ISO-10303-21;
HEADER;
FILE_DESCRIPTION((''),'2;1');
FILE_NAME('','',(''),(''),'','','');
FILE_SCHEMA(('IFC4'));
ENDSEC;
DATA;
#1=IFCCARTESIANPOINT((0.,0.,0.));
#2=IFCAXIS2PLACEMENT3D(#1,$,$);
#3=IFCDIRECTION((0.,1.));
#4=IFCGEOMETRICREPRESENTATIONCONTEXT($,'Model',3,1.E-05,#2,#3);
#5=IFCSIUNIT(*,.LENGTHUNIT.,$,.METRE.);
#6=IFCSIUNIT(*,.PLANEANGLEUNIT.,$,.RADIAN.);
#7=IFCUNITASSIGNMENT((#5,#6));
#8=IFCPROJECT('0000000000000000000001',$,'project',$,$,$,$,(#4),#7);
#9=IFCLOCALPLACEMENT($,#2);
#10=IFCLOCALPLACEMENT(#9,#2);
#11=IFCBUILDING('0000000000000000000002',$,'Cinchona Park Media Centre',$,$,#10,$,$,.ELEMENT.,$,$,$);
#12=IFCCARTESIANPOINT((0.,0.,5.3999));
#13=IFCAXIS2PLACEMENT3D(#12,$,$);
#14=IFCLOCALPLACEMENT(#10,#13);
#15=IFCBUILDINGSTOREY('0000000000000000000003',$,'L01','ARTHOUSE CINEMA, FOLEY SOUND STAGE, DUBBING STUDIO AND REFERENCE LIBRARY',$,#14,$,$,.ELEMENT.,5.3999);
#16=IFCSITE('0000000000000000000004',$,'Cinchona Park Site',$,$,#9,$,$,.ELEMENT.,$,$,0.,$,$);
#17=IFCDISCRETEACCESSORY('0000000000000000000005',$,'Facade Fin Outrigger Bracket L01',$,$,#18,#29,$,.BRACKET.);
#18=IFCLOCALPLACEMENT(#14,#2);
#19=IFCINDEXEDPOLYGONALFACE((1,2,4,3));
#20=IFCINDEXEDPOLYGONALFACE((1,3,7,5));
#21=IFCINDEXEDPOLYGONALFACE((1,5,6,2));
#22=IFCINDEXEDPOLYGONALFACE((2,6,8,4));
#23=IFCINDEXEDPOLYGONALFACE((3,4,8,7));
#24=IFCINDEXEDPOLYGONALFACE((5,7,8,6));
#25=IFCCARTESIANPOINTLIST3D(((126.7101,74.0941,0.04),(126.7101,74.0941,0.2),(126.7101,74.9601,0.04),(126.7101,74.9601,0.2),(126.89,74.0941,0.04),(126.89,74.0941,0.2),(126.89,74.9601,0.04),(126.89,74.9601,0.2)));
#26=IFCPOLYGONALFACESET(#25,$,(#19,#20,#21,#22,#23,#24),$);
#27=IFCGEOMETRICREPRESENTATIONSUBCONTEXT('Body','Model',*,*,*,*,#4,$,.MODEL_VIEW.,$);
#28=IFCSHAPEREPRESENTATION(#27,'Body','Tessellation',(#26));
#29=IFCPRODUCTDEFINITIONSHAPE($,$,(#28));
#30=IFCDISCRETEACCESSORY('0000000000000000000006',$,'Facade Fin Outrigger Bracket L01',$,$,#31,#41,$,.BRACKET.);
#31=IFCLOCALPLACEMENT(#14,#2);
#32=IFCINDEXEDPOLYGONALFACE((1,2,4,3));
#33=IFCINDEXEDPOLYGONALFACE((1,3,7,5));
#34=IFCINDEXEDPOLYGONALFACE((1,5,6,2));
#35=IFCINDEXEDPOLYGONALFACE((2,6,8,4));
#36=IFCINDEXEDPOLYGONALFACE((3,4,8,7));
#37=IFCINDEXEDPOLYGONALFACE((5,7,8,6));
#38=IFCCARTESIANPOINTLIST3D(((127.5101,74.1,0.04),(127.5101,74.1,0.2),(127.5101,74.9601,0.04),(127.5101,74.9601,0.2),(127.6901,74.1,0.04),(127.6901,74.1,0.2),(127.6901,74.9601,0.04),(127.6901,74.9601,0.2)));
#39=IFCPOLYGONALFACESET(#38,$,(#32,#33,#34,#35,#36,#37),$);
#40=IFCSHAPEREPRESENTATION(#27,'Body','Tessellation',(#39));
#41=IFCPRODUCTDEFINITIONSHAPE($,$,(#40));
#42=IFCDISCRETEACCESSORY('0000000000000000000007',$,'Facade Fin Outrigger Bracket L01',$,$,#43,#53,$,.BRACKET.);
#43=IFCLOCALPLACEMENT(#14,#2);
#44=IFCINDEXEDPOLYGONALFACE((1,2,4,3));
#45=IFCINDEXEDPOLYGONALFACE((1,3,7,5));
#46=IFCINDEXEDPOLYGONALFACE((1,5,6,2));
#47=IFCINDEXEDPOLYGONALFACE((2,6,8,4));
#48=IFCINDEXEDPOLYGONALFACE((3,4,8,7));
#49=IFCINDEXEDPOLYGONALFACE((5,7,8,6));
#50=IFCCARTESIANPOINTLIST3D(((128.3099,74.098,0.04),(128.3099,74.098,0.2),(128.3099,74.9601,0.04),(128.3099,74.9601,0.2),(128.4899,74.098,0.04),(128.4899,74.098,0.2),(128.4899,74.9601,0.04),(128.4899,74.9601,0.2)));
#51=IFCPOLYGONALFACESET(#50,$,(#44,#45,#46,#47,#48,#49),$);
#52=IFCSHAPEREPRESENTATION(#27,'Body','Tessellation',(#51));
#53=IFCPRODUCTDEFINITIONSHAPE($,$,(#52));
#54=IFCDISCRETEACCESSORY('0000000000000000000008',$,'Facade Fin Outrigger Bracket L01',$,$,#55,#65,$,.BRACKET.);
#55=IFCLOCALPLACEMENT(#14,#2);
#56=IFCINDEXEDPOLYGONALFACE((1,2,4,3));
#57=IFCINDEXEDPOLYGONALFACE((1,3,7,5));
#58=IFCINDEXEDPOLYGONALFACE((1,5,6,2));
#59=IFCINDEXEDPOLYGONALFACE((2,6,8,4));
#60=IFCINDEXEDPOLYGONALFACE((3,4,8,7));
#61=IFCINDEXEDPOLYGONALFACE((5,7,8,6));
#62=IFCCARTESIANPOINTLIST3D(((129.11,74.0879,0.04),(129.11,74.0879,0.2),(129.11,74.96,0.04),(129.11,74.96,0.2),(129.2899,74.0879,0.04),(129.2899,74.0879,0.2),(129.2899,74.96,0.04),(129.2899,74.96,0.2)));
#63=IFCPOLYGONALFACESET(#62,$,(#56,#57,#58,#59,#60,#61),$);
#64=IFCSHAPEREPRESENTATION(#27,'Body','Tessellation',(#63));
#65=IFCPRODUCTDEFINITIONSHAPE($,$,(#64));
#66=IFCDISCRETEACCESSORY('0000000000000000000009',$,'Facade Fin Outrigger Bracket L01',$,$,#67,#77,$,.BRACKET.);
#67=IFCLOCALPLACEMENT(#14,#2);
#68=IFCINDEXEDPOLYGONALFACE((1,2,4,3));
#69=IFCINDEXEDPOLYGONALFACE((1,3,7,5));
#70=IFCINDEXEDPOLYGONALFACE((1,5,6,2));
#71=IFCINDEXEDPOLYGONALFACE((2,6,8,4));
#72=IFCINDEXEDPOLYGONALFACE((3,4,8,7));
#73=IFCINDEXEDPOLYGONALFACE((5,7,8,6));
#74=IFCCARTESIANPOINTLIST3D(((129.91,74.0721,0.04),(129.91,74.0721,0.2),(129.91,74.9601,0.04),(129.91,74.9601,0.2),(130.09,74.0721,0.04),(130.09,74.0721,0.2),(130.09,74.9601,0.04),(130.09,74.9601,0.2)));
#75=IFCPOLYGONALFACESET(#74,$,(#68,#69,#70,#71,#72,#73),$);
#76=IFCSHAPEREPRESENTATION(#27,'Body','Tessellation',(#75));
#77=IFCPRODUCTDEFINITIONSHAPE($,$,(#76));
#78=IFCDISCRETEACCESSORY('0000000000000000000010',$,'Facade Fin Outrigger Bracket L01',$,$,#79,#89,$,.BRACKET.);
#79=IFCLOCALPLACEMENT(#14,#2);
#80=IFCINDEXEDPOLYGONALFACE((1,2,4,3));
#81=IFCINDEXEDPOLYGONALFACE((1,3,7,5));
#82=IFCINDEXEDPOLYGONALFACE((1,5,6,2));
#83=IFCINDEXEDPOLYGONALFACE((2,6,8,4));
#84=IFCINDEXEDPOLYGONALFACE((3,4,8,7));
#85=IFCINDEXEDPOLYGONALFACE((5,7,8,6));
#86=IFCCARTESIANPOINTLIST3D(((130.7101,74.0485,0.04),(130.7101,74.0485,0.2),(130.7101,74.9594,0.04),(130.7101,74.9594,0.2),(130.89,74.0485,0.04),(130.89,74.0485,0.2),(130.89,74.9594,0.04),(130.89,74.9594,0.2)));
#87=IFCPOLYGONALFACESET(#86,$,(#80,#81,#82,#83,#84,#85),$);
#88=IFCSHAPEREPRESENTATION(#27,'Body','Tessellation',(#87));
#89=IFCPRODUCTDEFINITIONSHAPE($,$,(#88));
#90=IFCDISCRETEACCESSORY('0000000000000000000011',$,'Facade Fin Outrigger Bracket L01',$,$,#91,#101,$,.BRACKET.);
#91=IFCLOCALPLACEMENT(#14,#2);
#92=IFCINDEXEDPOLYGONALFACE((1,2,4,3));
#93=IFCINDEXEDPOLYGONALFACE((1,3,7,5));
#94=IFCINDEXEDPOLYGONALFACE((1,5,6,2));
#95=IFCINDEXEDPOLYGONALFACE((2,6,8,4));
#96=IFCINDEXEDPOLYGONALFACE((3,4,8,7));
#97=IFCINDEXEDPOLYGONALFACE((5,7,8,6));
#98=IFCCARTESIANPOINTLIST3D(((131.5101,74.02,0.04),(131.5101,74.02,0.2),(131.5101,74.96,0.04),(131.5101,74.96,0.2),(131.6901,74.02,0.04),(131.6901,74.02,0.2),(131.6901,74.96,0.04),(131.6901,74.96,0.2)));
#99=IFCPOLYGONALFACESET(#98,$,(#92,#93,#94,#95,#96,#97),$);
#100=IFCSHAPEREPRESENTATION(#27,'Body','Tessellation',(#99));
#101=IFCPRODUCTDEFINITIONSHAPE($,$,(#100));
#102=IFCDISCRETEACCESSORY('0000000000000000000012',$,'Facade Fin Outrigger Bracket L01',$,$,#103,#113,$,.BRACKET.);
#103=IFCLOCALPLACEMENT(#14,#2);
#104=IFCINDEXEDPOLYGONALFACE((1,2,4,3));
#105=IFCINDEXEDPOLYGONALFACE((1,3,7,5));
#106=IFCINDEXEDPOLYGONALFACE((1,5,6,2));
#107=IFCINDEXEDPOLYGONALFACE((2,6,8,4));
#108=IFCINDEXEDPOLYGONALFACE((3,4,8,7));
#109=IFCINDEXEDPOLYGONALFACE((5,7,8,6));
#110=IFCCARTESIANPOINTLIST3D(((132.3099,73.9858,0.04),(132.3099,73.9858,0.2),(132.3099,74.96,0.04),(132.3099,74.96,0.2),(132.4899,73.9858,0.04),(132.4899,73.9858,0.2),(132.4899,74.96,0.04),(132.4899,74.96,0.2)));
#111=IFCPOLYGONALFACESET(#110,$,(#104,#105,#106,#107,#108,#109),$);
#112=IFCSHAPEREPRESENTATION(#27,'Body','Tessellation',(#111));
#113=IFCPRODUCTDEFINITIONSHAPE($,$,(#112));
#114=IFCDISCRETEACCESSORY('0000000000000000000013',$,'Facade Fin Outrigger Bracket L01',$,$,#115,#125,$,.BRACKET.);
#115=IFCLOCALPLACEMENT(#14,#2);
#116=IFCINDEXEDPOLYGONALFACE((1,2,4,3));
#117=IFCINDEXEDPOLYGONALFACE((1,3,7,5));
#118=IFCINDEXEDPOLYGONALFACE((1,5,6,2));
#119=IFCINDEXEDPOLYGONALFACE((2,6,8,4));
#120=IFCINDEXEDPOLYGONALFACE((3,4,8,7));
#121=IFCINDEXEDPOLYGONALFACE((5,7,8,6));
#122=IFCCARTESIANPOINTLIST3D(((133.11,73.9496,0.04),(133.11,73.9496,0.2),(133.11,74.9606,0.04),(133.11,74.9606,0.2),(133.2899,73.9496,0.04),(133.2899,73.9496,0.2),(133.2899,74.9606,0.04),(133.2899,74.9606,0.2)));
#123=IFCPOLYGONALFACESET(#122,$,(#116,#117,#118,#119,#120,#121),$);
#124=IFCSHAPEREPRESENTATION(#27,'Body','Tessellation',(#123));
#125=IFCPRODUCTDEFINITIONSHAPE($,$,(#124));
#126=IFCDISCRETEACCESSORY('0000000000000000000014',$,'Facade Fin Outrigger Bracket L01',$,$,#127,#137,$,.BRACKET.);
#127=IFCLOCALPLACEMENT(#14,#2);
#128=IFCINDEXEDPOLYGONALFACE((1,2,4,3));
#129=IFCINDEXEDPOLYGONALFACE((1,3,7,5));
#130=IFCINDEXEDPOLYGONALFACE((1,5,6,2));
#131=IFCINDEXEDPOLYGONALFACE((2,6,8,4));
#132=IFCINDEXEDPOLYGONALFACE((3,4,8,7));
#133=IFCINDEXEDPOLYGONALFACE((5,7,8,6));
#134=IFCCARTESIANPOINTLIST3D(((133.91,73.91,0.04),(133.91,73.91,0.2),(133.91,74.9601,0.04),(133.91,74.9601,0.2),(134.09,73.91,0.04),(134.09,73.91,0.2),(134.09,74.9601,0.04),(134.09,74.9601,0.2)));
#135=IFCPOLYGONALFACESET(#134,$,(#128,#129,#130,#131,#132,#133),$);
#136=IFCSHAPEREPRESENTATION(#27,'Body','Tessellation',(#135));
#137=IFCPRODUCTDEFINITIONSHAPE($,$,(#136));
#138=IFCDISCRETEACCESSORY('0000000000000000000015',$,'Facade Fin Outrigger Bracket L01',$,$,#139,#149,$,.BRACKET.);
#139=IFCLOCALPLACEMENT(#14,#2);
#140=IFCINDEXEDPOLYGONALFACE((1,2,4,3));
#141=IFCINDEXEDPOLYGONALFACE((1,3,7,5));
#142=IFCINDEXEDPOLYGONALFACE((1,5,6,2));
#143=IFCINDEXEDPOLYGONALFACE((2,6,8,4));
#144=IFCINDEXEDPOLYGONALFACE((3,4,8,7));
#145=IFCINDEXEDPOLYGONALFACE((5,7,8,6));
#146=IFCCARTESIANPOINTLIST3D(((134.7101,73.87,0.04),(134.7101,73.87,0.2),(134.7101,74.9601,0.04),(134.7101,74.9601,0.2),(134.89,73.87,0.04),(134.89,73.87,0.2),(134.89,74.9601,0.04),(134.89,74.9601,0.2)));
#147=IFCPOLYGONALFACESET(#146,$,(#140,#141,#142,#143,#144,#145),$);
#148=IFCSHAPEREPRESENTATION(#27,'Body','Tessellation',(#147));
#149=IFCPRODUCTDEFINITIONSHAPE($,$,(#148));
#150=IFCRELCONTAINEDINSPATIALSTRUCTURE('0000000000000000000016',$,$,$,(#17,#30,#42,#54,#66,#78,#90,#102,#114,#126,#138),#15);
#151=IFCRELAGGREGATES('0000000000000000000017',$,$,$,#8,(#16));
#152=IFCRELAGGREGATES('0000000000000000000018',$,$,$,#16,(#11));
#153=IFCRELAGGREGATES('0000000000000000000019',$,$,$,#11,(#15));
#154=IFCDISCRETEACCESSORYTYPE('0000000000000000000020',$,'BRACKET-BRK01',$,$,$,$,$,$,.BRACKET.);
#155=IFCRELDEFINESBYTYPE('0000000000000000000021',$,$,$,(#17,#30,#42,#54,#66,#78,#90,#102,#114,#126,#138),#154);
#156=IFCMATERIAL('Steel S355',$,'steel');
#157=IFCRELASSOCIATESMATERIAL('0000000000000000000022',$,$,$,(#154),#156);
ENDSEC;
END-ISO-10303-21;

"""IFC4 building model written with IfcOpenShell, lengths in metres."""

from ifc_helpers import new_model, si_unit, direction, frame, origin, origin_2d, place, context, subcontext, project, spatial, rectangle, extrude, material, type_object, element, save


model = new_model("IFC4")

# Units and contexts
model_context = context("Model", 3, precision=1e-05, world=origin(), true_north=direction((0.0, 1.0)))
body_context = subcontext(model_context, "Body", "Model", "MODEL_VIEW")
ifc_project = project(units=[si_unit("LENGTHUNIT", "METRE"), si_unit("PLANEANGLEUNIT", "RADIAN")], contexts=[model_context])

# Site, building, storey
site_placement = place(None, origin())
site = spatial("IfcSite", under=ifc_project, at=site_placement, Name="Cinchona Park Site", CompositionType="ELEMENT", RefElevation=0.0)
building_placement = place(site_placement, origin())
building = spatial("IfcBuilding", under=site, at=building_placement, Name="Cinchona Park Media Centre", CompositionType="ELEMENT")
storey_placement = place(building_placement, frame((0.0, 0.0, 5.3999)))
storey = spatial("IfcBuildingStorey", under=building, at=storey_placement, Name="L01", Description="ARTHOUSE CINEMA, FOLEY SOUND STAGE, DUBBING STUDIO AND REFERENCE LIBRARY", CompositionType="ELEMENT", Elevation=5.3999)

# Discrete accessories
ifc_material_1 = material(Name="Steel S355", Category="steel")
discrete_accessory_type = type_object("IfcDiscreteAccessoryType", Name="BRACKET-BRK01", PredefinedType="BRACKET", material=ifc_material_1)
discrete_accessory_1_placement = place(storey_placement, frame((126.8, 74.5271, 0.04), z_axis=(0.0, 0.0, 1.0), x_axis=(1.0, 0.0, 0.0)))
element("IfcDiscreteAccessory", 1, at=discrete_accessory_1_placement, inside=storey, type_object=discrete_accessory_type, Name="Facade Fin Outrigger Bracket L01", PredefinedType="BRACKET", context=body_context, shape_type="SweptSolid", body=[
    extrude(rectangle(XDim=0.1799, YDim=0.866, at=origin_2d()), origin(), (0.0, 0.0, 1.0), 0.1599),
])
discrete_accessory_2_placement = place(storey_placement, frame((127.6001, 74.53, 0.04), z_axis=(0.0, 0.0, 1.0), x_axis=(1.0, 0.0, 0.0)))
element("IfcDiscreteAccessory", 2, at=discrete_accessory_2_placement, inside=storey, type_object=discrete_accessory_type, Name="Facade Fin Outrigger Bracket L01", PredefinedType="BRACKET", context=body_context, shape_type="SweptSolid", body=[
    extrude(rectangle(XDim=0.1799, YDim=0.8601, at=origin_2d()), origin(), (0.0, 0.0, 1.0), 0.1599),
])
discrete_accessory_3_placement = place(storey_placement, frame((128.3999, 74.5291, 0.04), z_axis=(0.0, 0.0, 1.0), x_axis=(1.0, 0.0, 0.0)))
element("IfcDiscreteAccessory", 3, at=discrete_accessory_3_placement, inside=storey, type_object=discrete_accessory_type, Name="Facade Fin Outrigger Bracket L01", PredefinedType="BRACKET", context=body_context, shape_type="SweptSolid", body=[
    extrude(rectangle(XDim=0.1799, YDim=0.8621, at=origin_2d()), origin(), (0.0, 0.0, 1.0), 0.1599),
])
discrete_accessory_4_placement = place(storey_placement, frame((129.2, 74.5239, 0.04), z_axis=(0.0, 0.0, 1.0), x_axis=(1.0, 0.0, 0.0)))
element("IfcDiscreteAccessory", 4, at=discrete_accessory_4_placement, inside=storey, type_object=discrete_accessory_type, Name="Facade Fin Outrigger Bracket L01", PredefinedType="BRACKET", context=body_context, shape_type="SweptSolid", body=[
    extrude(rectangle(XDim=0.1799, YDim=0.8721, at=origin_2d()), origin(), (0.0, 0.0, 1.0), 0.1599),
])
discrete_accessory_5_placement = place(storey_placement, frame((130.0, 74.5161, 0.04), z_axis=(0.0, 0.0, 1.0), x_axis=(1.0, 0.0, 0.0)))
element("IfcDiscreteAccessory", 5, at=discrete_accessory_5_placement, inside=storey, type_object=discrete_accessory_type, Name="Facade Fin Outrigger Bracket L01", PredefinedType="BRACKET", context=body_context, shape_type="SweptSolid", body=[
    extrude(rectangle(XDim=0.1799, YDim=0.8879, at=origin_2d()), origin(), (0.0, 0.0, 1.0), 0.1599),
])
discrete_accessory_6_placement = place(storey_placement, frame((130.8, 74.5039, 0.04), z_axis=(0.0, 0.0, 1.0), x_axis=(1.0, 0.0, 0.0)))
element("IfcDiscreteAccessory", 6, at=discrete_accessory_6_placement, inside=storey, type_object=discrete_accessory_type, Name="Facade Fin Outrigger Bracket L01", PredefinedType="BRACKET", context=body_context, shape_type="SweptSolid", body=[
    extrude(rectangle(XDim=0.1799, YDim=0.9109, at=origin_2d()), origin(), (0.0, 0.0, 1.0), 0.1599),
])
discrete_accessory_7_placement = place(storey_placement, frame((131.6001, 74.49, 0.04), z_axis=(0.0, 0.0, 1.0), x_axis=(1.0, 0.0, 0.0)))
element("IfcDiscreteAccessory", 7, at=discrete_accessory_7_placement, inside=storey, type_object=discrete_accessory_type, Name="Facade Fin Outrigger Bracket L01", PredefinedType="BRACKET", context=body_context, shape_type="SweptSolid", body=[
    extrude(rectangle(XDim=0.1799, YDim=0.9399, at=origin_2d()), origin(), (0.0, 0.0, 1.0), 0.1599),
])
discrete_accessory_8_placement = place(storey_placement, frame((132.3999, 74.4729, 0.04), z_axis=(0.0, 0.0, 1.0), x_axis=(1.0, 0.0, 0.0)))
element("IfcDiscreteAccessory", 8, at=discrete_accessory_8_placement, inside=storey, type_object=discrete_accessory_type, Name="Facade Fin Outrigger Bracket L01", PredefinedType="BRACKET", context=body_context, shape_type="SweptSolid", body=[
    extrude(rectangle(XDim=0.1799, YDim=0.9741, at=origin_2d()), origin(), (0.0, 0.0, 1.0), 0.1599),
])
discrete_accessory_9_placement = place(storey_placement, frame((133.2, 74.4551, 0.04), z_axis=(0.0, 0.0, 1.0), x_axis=(1.0, 0.0, 0.0)))
element("IfcDiscreteAccessory", 9, at=discrete_accessory_9_placement, inside=storey, type_object=discrete_accessory_type, Name="Facade Fin Outrigger Bracket L01", PredefinedType="BRACKET", context=body_context, shape_type="SweptSolid", body=[
    extrude(rectangle(XDim=0.1799, YDim=1.011, at=origin_2d()), origin(), (0.0, 0.0, 1.0), 0.1599),
])
discrete_accessory_10_placement = place(storey_placement, frame((134.0, 74.4351, 0.04), z_axis=(0.0, 0.0, 1.0), x_axis=(1.0, 0.0, 0.0)))
element("IfcDiscreteAccessory", 10, at=discrete_accessory_10_placement, inside=storey, type_object=discrete_accessory_type, Name="Facade Fin Outrigger Bracket L01", PredefinedType="BRACKET", context=body_context, shape_type="SweptSolid", body=[
    extrude(rectangle(XDim=0.1799, YDim=1.05, at=origin_2d()), origin(), (0.0, 0.0, 1.0), 0.1599),
])
discrete_accessory_11_placement = place(storey_placement, frame((134.8, 74.415, 0.04), z_axis=(0.0, 0.0, 1.0), x_axis=(1.0, 0.0, 0.0)))
element("IfcDiscreteAccessory", 11, at=discrete_accessory_11_placement, inside=storey, type_object=discrete_accessory_type, Name="Facade Fin Outrigger Bracket L01", PredefinedType="BRACKET", context=body_context, shape_type="SweptSolid", body=[
    extrude(rectangle(XDim=0.1799, YDim=1.0901, at=origin_2d()), origin(), (0.0, 0.0, 1.0), 0.1599),
])

save(model, "model.ifc")
